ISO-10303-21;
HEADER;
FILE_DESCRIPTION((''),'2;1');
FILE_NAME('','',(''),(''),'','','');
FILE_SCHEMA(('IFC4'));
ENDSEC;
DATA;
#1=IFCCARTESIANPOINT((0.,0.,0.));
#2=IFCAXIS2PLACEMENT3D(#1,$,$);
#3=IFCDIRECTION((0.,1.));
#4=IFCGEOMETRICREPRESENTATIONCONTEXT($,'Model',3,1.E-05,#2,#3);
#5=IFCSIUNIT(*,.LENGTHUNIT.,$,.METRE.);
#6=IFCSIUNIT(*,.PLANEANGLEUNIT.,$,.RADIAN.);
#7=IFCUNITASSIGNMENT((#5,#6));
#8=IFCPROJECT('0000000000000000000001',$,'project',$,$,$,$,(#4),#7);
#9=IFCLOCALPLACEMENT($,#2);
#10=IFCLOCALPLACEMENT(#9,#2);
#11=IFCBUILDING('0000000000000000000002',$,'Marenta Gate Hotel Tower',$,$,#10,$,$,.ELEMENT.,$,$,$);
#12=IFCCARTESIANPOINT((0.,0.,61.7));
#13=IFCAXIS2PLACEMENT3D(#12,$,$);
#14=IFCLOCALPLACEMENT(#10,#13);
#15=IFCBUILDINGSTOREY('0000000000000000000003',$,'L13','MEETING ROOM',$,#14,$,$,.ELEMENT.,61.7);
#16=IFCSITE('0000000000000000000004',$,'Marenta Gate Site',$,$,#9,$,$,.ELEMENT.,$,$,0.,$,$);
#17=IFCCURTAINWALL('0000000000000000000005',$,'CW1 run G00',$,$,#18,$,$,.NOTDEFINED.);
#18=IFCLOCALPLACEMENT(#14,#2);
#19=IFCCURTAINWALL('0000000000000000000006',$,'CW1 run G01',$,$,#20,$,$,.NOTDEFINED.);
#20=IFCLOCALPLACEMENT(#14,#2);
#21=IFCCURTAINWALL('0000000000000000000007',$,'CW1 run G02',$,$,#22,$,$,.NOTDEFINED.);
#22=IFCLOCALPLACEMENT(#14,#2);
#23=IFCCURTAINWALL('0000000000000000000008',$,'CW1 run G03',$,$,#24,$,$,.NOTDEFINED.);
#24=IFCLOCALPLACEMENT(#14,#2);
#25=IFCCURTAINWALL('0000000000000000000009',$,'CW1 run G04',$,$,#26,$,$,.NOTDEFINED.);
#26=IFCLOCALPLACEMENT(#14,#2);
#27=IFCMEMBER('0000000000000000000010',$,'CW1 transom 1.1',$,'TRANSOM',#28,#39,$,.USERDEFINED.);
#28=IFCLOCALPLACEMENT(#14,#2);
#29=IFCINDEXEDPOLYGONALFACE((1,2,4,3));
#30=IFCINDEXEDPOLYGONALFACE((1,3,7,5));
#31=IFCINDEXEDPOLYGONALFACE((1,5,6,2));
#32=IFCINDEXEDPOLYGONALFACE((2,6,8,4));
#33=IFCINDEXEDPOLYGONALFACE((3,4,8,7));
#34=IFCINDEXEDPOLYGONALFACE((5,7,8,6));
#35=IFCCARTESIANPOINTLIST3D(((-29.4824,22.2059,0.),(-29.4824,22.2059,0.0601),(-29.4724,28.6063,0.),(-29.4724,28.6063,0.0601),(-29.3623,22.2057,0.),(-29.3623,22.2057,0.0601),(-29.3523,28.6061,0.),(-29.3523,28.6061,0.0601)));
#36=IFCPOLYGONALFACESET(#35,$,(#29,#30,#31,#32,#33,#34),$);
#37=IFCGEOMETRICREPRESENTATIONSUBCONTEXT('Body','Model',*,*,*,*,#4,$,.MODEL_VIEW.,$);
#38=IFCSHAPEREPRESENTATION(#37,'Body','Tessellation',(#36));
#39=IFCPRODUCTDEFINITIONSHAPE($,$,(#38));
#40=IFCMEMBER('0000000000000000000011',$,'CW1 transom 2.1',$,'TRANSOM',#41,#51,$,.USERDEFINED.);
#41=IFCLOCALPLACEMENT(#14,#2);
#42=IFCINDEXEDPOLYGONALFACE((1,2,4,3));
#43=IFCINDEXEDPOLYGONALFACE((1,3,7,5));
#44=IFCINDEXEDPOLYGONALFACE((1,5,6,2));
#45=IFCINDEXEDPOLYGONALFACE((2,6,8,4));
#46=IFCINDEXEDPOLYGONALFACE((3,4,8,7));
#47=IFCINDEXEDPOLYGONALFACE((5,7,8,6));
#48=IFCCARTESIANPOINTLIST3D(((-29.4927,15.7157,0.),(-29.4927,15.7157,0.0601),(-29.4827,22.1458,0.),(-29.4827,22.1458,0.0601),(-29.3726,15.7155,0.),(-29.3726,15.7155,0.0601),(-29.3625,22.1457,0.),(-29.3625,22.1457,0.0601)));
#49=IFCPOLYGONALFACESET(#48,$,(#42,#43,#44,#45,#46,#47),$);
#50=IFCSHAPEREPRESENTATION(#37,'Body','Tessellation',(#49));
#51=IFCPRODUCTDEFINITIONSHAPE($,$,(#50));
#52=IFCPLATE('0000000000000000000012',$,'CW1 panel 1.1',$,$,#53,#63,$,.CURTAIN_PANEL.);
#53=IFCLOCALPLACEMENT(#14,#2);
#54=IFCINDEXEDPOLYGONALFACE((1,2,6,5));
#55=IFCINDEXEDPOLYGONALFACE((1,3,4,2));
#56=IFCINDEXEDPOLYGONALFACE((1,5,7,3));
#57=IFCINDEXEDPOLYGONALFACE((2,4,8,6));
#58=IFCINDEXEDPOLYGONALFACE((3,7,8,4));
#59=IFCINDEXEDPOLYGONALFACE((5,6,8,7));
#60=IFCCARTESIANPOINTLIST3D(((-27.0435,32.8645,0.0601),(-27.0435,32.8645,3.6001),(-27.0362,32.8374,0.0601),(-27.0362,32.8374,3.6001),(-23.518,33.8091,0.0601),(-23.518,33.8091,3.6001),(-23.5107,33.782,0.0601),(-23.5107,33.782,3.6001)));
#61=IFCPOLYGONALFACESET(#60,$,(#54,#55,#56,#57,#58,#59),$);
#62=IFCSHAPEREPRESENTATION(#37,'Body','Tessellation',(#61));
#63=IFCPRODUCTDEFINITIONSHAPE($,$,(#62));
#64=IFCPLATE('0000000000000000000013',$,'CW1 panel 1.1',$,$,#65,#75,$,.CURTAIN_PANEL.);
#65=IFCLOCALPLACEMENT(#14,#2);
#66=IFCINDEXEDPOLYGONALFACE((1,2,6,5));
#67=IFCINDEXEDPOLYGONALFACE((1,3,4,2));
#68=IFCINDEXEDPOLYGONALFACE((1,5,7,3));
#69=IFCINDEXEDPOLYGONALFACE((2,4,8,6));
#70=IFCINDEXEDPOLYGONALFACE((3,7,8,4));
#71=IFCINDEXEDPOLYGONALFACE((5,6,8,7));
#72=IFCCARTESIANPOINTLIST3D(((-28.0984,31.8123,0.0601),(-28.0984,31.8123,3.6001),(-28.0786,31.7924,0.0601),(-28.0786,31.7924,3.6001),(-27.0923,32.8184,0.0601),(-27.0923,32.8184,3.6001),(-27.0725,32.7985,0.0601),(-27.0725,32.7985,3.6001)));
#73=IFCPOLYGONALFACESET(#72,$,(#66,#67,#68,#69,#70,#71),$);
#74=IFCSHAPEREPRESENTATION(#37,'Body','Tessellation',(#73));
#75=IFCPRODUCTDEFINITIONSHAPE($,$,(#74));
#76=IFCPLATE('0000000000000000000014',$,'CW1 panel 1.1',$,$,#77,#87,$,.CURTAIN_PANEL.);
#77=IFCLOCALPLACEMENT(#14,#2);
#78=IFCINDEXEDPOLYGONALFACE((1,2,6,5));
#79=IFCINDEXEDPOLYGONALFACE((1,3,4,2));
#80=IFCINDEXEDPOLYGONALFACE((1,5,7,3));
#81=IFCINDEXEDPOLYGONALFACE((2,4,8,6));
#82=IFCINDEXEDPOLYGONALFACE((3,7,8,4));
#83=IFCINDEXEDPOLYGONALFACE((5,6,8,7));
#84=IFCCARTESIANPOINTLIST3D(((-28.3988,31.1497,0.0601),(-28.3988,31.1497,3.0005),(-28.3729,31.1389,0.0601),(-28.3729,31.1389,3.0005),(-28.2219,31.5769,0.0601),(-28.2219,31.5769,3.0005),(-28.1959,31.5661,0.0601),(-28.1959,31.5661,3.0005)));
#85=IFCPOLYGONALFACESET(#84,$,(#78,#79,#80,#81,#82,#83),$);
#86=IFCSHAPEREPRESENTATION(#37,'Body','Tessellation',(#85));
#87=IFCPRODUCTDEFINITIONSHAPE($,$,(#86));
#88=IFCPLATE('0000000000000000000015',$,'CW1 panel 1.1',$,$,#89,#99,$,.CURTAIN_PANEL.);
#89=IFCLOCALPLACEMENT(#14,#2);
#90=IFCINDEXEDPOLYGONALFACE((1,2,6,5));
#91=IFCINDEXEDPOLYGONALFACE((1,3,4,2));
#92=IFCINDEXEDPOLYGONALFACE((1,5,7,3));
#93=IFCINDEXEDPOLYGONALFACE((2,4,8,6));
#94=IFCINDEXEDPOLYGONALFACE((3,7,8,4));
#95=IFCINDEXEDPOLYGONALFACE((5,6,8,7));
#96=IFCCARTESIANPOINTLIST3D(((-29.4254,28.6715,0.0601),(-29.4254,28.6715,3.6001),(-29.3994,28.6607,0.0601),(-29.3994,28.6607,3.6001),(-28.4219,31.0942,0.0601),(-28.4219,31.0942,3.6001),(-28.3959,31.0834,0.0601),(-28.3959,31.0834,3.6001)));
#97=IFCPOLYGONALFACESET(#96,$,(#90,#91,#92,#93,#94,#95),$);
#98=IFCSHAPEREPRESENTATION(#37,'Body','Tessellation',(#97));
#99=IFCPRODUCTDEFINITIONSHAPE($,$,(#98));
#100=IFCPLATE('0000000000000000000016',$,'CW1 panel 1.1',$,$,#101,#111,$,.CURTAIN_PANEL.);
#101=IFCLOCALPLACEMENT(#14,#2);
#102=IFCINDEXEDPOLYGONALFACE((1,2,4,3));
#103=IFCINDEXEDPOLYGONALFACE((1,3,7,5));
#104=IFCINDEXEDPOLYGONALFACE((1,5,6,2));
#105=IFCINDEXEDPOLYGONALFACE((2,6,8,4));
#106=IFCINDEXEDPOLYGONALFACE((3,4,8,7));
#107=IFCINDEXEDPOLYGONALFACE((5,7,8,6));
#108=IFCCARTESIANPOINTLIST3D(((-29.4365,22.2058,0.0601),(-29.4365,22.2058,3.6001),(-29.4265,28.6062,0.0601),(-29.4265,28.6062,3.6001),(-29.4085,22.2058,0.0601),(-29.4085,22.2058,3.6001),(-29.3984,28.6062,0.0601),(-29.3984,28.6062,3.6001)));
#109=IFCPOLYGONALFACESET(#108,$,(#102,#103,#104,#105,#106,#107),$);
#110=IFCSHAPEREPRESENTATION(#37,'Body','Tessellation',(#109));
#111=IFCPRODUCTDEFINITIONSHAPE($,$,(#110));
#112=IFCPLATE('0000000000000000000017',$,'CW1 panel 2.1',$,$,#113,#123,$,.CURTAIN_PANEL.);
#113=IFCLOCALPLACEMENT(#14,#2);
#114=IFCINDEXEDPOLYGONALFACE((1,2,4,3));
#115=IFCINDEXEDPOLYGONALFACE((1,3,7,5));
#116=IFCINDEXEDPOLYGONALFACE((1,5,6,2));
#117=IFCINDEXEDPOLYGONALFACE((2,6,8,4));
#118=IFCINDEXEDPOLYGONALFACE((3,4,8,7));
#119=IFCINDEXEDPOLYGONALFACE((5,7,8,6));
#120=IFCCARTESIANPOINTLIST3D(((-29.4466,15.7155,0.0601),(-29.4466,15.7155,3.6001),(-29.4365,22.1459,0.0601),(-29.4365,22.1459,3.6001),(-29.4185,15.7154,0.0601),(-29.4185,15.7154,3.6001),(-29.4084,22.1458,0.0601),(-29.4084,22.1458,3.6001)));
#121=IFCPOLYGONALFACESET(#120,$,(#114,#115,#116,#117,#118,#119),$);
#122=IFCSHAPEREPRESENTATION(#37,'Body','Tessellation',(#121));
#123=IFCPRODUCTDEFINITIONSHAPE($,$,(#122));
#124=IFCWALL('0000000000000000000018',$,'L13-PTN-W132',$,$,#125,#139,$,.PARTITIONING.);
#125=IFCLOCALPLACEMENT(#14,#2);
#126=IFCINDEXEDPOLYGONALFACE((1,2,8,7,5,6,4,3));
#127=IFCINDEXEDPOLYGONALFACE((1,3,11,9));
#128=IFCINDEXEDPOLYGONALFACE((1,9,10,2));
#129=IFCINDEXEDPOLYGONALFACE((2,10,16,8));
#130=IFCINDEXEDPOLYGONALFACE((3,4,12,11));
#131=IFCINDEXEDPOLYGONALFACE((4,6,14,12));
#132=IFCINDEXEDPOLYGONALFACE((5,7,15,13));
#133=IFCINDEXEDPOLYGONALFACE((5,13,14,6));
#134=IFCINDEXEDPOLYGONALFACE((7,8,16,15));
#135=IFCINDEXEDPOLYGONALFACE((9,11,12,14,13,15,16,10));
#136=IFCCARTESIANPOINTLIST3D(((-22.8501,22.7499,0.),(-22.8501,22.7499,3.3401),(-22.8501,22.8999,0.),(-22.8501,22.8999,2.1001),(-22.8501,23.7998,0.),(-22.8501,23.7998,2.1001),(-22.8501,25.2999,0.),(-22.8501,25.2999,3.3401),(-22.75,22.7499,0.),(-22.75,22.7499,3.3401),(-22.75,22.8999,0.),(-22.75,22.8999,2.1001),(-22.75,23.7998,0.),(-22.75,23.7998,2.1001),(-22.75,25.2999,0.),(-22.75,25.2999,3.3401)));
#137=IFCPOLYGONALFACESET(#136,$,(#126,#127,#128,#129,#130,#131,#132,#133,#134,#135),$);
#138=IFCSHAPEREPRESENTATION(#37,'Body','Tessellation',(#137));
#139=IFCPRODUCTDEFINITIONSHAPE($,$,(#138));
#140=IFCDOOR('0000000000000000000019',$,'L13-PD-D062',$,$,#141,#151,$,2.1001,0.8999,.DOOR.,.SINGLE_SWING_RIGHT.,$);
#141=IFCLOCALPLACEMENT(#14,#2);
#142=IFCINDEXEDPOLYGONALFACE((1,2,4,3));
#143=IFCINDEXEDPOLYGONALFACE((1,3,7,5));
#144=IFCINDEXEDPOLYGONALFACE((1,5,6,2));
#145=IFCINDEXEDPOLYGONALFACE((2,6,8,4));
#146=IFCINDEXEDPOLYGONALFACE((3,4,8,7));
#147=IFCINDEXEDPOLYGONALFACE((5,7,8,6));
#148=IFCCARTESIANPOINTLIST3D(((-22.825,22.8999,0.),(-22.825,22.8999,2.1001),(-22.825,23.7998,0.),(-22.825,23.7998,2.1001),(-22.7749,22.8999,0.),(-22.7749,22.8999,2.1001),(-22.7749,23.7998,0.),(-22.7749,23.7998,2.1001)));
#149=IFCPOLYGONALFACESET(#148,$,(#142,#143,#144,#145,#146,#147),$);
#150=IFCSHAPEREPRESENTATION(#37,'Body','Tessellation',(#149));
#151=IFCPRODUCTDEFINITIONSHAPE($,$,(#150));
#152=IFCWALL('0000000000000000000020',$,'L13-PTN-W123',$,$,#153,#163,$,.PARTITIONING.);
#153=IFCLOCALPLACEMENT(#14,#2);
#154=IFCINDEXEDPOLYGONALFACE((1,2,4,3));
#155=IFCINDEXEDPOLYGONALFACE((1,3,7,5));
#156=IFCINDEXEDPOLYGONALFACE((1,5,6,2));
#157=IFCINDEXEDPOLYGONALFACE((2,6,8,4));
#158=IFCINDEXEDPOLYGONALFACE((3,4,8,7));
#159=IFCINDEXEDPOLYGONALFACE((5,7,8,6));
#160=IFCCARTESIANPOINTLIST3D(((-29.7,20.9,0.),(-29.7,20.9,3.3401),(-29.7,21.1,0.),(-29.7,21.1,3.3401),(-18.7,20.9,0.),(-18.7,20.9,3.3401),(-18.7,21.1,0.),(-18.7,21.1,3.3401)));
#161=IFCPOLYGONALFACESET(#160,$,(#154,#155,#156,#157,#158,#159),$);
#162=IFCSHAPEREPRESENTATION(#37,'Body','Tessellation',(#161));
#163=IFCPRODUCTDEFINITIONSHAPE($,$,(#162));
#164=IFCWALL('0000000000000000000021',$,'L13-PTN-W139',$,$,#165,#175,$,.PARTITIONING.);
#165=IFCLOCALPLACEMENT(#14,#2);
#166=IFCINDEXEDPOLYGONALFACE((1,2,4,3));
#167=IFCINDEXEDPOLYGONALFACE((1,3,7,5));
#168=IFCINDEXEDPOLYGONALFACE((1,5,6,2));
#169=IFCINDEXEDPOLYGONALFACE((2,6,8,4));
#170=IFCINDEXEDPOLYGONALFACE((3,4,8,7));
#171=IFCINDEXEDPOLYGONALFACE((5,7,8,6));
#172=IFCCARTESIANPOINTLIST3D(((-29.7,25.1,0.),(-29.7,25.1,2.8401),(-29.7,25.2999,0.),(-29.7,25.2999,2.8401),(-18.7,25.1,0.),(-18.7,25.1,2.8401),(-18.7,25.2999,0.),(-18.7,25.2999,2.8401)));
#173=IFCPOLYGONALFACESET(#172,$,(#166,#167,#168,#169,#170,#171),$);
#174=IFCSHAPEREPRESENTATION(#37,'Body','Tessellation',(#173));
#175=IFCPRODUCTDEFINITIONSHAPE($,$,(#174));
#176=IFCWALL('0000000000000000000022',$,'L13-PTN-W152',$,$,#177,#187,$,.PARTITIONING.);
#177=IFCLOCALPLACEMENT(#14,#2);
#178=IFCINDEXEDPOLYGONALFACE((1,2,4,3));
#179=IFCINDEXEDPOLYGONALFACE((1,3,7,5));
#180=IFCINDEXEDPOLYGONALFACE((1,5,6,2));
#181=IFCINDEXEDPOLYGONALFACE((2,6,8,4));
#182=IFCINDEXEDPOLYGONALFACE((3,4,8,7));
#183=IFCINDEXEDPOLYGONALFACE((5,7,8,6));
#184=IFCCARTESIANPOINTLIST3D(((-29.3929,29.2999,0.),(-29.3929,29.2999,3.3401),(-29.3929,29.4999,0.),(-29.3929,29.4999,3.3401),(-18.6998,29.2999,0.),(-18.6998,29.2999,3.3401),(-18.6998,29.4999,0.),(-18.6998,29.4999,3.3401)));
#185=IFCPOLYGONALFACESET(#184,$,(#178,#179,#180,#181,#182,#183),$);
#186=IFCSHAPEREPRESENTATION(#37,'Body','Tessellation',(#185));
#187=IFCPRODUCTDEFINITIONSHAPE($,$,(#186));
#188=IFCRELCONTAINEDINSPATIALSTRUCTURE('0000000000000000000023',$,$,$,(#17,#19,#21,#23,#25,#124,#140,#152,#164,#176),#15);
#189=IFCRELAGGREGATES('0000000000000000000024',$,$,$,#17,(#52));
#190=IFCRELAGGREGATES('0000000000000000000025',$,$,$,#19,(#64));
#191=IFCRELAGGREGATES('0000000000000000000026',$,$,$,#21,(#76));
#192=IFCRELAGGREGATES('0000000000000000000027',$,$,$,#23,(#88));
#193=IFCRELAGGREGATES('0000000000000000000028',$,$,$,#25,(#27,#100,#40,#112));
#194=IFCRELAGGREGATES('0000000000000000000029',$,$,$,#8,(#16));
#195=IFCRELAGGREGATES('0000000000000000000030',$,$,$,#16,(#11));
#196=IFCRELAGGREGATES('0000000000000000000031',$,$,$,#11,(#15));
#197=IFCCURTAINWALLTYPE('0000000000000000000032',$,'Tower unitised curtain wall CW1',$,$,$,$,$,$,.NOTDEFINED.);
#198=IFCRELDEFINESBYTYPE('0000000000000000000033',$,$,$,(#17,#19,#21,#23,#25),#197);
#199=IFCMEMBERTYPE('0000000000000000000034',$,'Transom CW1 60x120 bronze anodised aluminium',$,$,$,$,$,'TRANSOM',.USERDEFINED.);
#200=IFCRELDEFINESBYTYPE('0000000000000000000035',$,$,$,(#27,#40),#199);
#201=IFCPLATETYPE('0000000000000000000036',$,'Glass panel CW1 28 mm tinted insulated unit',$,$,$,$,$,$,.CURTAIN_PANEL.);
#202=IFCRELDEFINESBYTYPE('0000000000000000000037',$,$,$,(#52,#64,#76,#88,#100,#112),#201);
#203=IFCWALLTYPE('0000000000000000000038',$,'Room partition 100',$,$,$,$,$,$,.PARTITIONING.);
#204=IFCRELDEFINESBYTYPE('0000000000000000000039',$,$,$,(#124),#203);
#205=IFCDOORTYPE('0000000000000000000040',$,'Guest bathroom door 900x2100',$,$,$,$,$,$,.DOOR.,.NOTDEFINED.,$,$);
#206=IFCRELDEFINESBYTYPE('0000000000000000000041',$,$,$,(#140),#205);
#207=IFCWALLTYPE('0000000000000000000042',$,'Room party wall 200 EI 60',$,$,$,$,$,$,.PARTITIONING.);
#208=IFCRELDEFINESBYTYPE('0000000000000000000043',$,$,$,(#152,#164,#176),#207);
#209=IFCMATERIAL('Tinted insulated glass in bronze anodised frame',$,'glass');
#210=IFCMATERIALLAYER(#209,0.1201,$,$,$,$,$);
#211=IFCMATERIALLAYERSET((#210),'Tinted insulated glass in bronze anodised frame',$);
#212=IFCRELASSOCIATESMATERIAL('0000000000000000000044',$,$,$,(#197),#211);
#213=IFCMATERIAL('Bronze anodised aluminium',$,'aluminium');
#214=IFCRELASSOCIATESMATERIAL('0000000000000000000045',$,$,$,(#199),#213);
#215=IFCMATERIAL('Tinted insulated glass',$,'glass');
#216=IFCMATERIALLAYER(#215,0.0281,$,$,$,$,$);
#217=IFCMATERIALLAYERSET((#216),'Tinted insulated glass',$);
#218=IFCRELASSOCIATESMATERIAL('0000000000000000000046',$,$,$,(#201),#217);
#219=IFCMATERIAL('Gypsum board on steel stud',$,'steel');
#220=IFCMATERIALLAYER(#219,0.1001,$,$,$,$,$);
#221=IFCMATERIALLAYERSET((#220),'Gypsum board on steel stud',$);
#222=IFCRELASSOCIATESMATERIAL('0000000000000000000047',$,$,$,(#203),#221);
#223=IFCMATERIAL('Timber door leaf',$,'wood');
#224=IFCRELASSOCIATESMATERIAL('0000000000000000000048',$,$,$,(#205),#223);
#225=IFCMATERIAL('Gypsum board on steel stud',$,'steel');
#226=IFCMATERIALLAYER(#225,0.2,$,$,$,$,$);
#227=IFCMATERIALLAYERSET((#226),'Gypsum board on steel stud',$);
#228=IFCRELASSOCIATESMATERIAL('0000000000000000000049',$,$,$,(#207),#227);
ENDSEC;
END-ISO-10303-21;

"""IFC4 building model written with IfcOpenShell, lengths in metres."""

from ifc_helpers import new_model, si_unit, direction, frame, frame_2d, origin, origin_2d, place, context, subcontext, project, spatial, rectangle, extrude, material, layer, layer_set, material_profile, profile_set, type_object, element, fill, aggregate, save


model = new_model("IFC4")

# Units and contexts
model_context = context("Model", 3, precision=1e-05, world=origin(), true_north=direction((0.0, 1.0)))
body_context = subcontext(model_context, "Body", "Model", "MODEL_VIEW")
ifc_project = project(units=[si_unit("LENGTHUNIT", "METRE"), si_unit("PLANEANGLEUNIT", "RADIAN")], contexts=[model_context])

# Site, building, storey
site_placement = place(None, origin())
site = spatial("IfcSite", under=ifc_project, at=site_placement, Name="Marenta Gate Site", CompositionType="ELEMENT", RefElevation=0.0)
building_placement = place(site_placement, origin())
building = spatial("IfcBuilding", under=site, at=building_placement, Name="Marenta Gate Hotel Tower", CompositionType="ELEMENT")
storey_placement = place(building_placement, frame((0.0, 0.0, 61.7)))
storey = spatial("IfcBuildingStorey", under=building, at=storey_placement, Name="L13", Description="MEETING ROOM", CompositionType="ELEMENT", Elevation=61.7)

# Curtain wall
ifc_material_1 = material(Name="Tinted insulated glass in bronze anodised frame", Category="glass")
ifc_layer_1 = layer(ifc_material_1, 0.1201)
ifc_layer_set_1 = layer_set([ifc_layer_1], Name="Tinted insulated glass in bronze anodised frame")
curtain_wall_type = type_object("IfcCurtainWallType", Name="Tower unitised curtain wall CW1", PredefinedType="NOTDEFINED", material=ifc_layer_set_1)
curtain_wall_1_placement = place(storey_placement, origin())
curtain_wall_1 = element("IfcCurtainWall", 1, at=curtain_wall_1_placement, inside=storey, type_object=curtain_wall_type, Name="CW1 run G00", PredefinedType="NOTDEFINED")

# Curtain wall
curtain_wall_2_placement = place(storey_placement, origin())
curtain_wall_2 = element("IfcCurtainWall", 2, at=curtain_wall_2_placement, inside=storey, type_object=curtain_wall_type, Name="CW1 run G01", PredefinedType="NOTDEFINED")

# Curtain walls
curtain_wall_3_placement = place(storey_placement, origin())
curtain_wall_3 = element("IfcCurtainWall", 3, at=curtain_wall_3_placement, inside=storey, type_object=curtain_wall_type, Name="CW1 run G02", PredefinedType="NOTDEFINED")
curtain_wall_4_placement = place(storey_placement, origin())
curtain_wall_4 = element("IfcCurtainWall", 4, at=curtain_wall_4_placement, inside=storey, type_object=curtain_wall_type, Name="CW1 run G03", PredefinedType="NOTDEFINED")

# Curtain wall
curtain_wall_5_placement = place(storey_placement, origin())
curtain_wall_5 = element("IfcCurtainWall", 5, at=curtain_wall_5_placement, inside=storey, type_object=curtain_wall_type, Name="CW1 run G04", PredefinedType="NOTDEFINED")

# Members
ifc_material_2 = material(Name="Bronze anodised aluminium", Category="aluminium")
ifc_material_profile_1 = material_profile(ifc_material_2, rectangle(XDim=0.1201, YDim=0.0601, at=origin_2d()), Name="Transom CW1 60x120 bronze anodised aluminium")
ifc_profile_set_1 = profile_set([ifc_material_profile_1], Name="Bronze anodised aluminium")
member_type_1 = type_object("IfcMemberType", Name="Transom CW1 60x120 bronze anodised aluminium", ElementType="TRANSOM", PredefinedType="USERDEFINED", material=ifc_profile_set_1)
member_1_placement = place(storey_placement, frame((-29.4124, 28.6062, 0.03), z_axis=(-0.001564, -0.999999, 0.0), x_axis=(0.999999, -0.001564, 0.0)))
member_1 = element("IfcMember", 6, at=member_1_placement, type_object=member_type_1, Name="CW1 transom 1.1", ObjectType="TRANSOM", PredefinedType="USERDEFINED", context=body_context, shape_type="SweptSolid", body=[
    extrude(rectangle(XDim=0.1201, YDim=0.0601, at=origin_2d()), origin(), (0.0, 0.0, 1.0), 6.4004),
])
member_2_placement = place(storey_placement, frame((-29.4226, 22.1458, 0.03), z_axis=(-0.001557, -0.999999, 0.0), x_axis=(0.999999, -0.001557, 0.0)))
member_2 = element("IfcMember", 7, at=member_2_placement, type_object=member_type_1, Name="CW1 transom 2.1", ObjectType="TRANSOM", PredefinedType="USERDEFINED", context=body_context, shape_type="SweptSolid", body=[
    extrude(rectangle(XDim=0.1201, YDim=0.0601, at=origin_2d()), origin(), (0.0, 0.0, 1.0), 6.4302),
])

# Plates
ifc_material_3 = material(Name="Tinted insulated glass", Category="glass")
ifc_layer_2 = layer(ifc_material_3, 0.0281)
ifc_layer_set_2 = layer_set([ifc_layer_2], Name="Tinted insulated glass")
plate_type = type_object("IfcPlateType", Name="Glass panel CW1 28 mm tinted insulated unit", PredefinedType="CURTAIN_PANEL", material=ifc_layer_set_2)
plate_1_placement = place(storey_placement, frame((-25.2771, 33.3232, 0.0601), z_axis=(0.0, 0.0, 1.0), x_axis=(-0.96593, -0.258802, 0.0)))
plate_1 = element("IfcPlate", 8, at=plate_1_placement, type_object=plate_type, Name="CW1 panel 1.1", PredefinedType="CURTAIN_PANEL", context=body_context, shape_type="SweptSolid", body=[
    extrude(rectangle(XDim=3.6499, YDim=0.0281, at=origin_2d()), origin(), (0.0, 0.0, 1.0), 3.54),
])
aggregate(curtain_wall_1, [plate_1])
plate_2_placement = place(storey_placement, frame((-27.5854, 32.3054, 0.0601), z_axis=(0.0, 0.0, 1.0), x_axis=(-0.707107, -0.707107, 0.0)))
plate_2 = element("IfcPlate", 9, at=plate_2_placement, type_object=plate_type, Name="CW1 panel 1.1", PredefinedType="CURTAIN_PANEL", context=body_context, shape_type="SweptSolid", body=[
    extrude(rectangle(XDim=1.4229, YDim=0.0281, at=origin_2d()), origin(), (0.0, 0.0, 1.0), 3.54),
])
aggregate(curtain_wall_2, [plate_2])
plate_3_placement = place(storey_placement, frame((-28.2974, 31.3579, 0.0601), z_axis=(0.0, 0.0, 1.0), x_axis=(-0.382684, -0.923879, 0.0)))
plate_3 = element("IfcPlate", 10, at=plate_3_placement, type_object=plate_type, Name="CW1 panel 1.1", PredefinedType="CURTAIN_PANEL", context=body_context, shape_type="SweptSolid", body=[
    extrude(rectangle(XDim=0.4624, YDim=0.0281, at=origin_2d()), origin(), (0.0, 0.0, 1.0), 2.9404),
])
aggregate(curtain_wall_3, [plate_3])
plate_4_placement = place(storey_placement, frame((-28.9106, 29.8774, 0.0601), z_axis=(0.0, 0.0, 1.0), x_axis=(-0.382677, -0.923882, 0.0)))
plate_4 = element("IfcPlate", 11, at=plate_4_placement, type_object=plate_type, Name="CW1 panel 1.1", PredefinedType="CURTAIN_PANEL", context=body_context, shape_type="SweptSolid", body=[
    extrude(rectangle(XDim=2.6223, YDim=0.0281, at=origin_2d()), origin(), (0.0, 0.0, 1.0), 3.54),
])
aggregate(curtain_wall_4, [plate_4])
plate_5_placement = place(storey_placement, frame((-29.4175, 25.406, 0.0601), z_axis=(0.0, 0.0, 1.0), x_axis=(-0.001566, -0.999999, 0.0)))
plate_5 = element("IfcPlate", 12, at=plate_5_placement, type_object=plate_type, Name="CW1 panel 1.1", PredefinedType="CURTAIN_PANEL", context=body_context, shape_type="SweptSolid", body=[
    extrude(rectangle(XDim=6.4004, YDim=0.0281, at=origin_2d()), origin(), (0.0, 0.0, 1.0), 3.54),
])
plate_6_placement = place(storey_placement, frame((-29.4275, 18.9307, 0.0601), z_axis=(0.0, 0.0, 1.0), x_axis=(-0.001566, -0.999999, 0.0)))
plate_6 = element("IfcPlate", 13, at=plate_6_placement, type_object=plate_type, Name="CW1 panel 2.1", PredefinedType="CURTAIN_PANEL", context=body_context, shape_type="SweptSolid", body=[
    extrude(rectangle(XDim=6.4304, YDim=0.0281, at=origin_2d()), origin(), (0.0, 0.0, 1.0), 3.54),
])
aggregate(curtain_wall_5, [member_1, plate_5, member_2, plate_6])

# Wall, opening, door
ifc_material_4 = material(Name="Gypsum board on steel stud", Category="steel")
ifc_layer_3 = layer(ifc_material_4, 0.1001)
ifc_layer_set_3 = layer_set([ifc_layer_3], Name="Gypsum board on steel stud")
wall_type_1 = type_object("IfcWallType", Name="Room partition 100", PredefinedType="PARTITIONING", material=ifc_layer_set_3)
wall_1_placement = place(storey_placement, frame((-22.8, 22.75, 0.0), z_axis=(0.0, 0.0, 1.0), x_axis=(0.0, 1.0, 0.0)))
wall_1 = element("IfcWall", 14, at=wall_1_placement, inside=storey, type_object=wall_type_1, Name="L13-PTN-W132", PredefinedType="PARTITIONING", context=body_context, shape_type="SweptSolid", body=[
    extrude(rectangle(XDim=2.55, YDim=0.1001, at=frame_2d((1.2749, 0.0))), origin(), (0.0, 0.0, 1.0), 3.3401),
])
opening_placement = place(wall_1_placement, frame((0.1499, 0.0, 0.0)))
opening = element("IfcOpeningElement", 15, at=opening_placement, cuts=wall_1, PredefinedType="OPENING", context=body_context, shape_type="SweptSolid", body=[
    extrude(rectangle(XDim=0.8999, YDim=2.1001, at=frame_2d((0.45, 1.05))), frame((0.0, 0.05, 0.0), z_axis=(0.0, -1.0, 0.0), x_axis=(1.0, 0.0, 0.0)), (0.0, 0.0, 1.0), 0.1001),
])
ifc_material_5 = material(Name="Timber door leaf", Category="wood")
door_type = type_object("IfcDoorType", Name="Guest bathroom door 900x2100", OperationType="NOTDEFINED", PredefinedType="DOOR", material=ifc_material_5)
door_placement = place(opening_placement, origin())
door = element("IfcDoor", 16, at=door_placement, inside=storey, type_object=door_type, Name="L13-PD-D062", OperationType="SINGLE_SWING_RIGHT", OverallHeight=2.1001, OverallWidth=0.8999, PredefinedType="DOOR", context=body_context, shape_type="SweptSolid", body=[
    extrude(rectangle(XDim=0.8999, YDim=2.1001, at=frame_2d((0.45, 1.05))), frame((0.0, 0.0249, 0.0), z_axis=(0.0, -1.0, 0.0), x_axis=(1.0, 0.0, 0.0)), (0.0, 0.0, 1.0), 0.05),
])
fill(opening, door)

# Walls
ifc_material_6 = material(Name="Gypsum board on steel stud", Category="steel")
ifc_layer_4 = layer(ifc_material_6, 0.2)
ifc_layer_set_4 = layer_set([ifc_layer_4], Name="Gypsum board on steel stud")
wall_type_2 = type_object("IfcWallType", Name="Room party wall 200 EI 60", PredefinedType="PARTITIONING", material=ifc_layer_set_4)
wall_2_placement = place(storey_placement, frame((-29.7, 21.0, 0.0), z_axis=(0.0, 0.0, 1.0), x_axis=(1.0, 0.0, 0.0)))
element("IfcWall", 17, at=wall_2_placement, inside=storey, type_object=wall_type_2, Name="L13-PTN-W123", PredefinedType="PARTITIONING", context=body_context, shape_type="SweptSolid", body=[
    extrude(rectangle(XDim=11.0, YDim=0.2, at=frame_2d((5.5, 0.0))), origin(), (0.0, 0.0, 1.0), 3.3401),
])
wall_3_placement = place(storey_placement, frame((-29.7, 25.2, 0.0), z_axis=(0.0, 0.0, 1.0), x_axis=(1.0, 0.0, 0.0)))
element("IfcWall", 18, at=wall_3_placement, inside=storey, type_object=wall_type_2, Name="L13-PTN-W139", PredefinedType="PARTITIONING", context=body_context, shape_type="SweptSolid", body=[
    extrude(rectangle(XDim=11.0, YDim=0.2, at=frame_2d((5.5, 0.0))), origin(), (0.0, 0.0, 1.0), 2.8401),
])
wall_4_placement = place(storey_placement, frame((-29.3931, 29.3999, 0.0), z_axis=(0.0, 0.0, 1.0), x_axis=(1.0, 0.0, 0.0)))
element("IfcWall", 19, at=wall_4_placement, inside=storey, type_object=wall_type_2, Name="L13-PTN-W152", PredefinedType="PARTITIONING", context=body_context, shape_type="SweptSolid", body=[
    extrude(rectangle(XDim=10.6931, YDim=0.2, at=frame_2d((5.3467, 0.0))), origin(), (0.0, 0.0, 1.0), 3.3401),
])

save(model, "model.ifc")
